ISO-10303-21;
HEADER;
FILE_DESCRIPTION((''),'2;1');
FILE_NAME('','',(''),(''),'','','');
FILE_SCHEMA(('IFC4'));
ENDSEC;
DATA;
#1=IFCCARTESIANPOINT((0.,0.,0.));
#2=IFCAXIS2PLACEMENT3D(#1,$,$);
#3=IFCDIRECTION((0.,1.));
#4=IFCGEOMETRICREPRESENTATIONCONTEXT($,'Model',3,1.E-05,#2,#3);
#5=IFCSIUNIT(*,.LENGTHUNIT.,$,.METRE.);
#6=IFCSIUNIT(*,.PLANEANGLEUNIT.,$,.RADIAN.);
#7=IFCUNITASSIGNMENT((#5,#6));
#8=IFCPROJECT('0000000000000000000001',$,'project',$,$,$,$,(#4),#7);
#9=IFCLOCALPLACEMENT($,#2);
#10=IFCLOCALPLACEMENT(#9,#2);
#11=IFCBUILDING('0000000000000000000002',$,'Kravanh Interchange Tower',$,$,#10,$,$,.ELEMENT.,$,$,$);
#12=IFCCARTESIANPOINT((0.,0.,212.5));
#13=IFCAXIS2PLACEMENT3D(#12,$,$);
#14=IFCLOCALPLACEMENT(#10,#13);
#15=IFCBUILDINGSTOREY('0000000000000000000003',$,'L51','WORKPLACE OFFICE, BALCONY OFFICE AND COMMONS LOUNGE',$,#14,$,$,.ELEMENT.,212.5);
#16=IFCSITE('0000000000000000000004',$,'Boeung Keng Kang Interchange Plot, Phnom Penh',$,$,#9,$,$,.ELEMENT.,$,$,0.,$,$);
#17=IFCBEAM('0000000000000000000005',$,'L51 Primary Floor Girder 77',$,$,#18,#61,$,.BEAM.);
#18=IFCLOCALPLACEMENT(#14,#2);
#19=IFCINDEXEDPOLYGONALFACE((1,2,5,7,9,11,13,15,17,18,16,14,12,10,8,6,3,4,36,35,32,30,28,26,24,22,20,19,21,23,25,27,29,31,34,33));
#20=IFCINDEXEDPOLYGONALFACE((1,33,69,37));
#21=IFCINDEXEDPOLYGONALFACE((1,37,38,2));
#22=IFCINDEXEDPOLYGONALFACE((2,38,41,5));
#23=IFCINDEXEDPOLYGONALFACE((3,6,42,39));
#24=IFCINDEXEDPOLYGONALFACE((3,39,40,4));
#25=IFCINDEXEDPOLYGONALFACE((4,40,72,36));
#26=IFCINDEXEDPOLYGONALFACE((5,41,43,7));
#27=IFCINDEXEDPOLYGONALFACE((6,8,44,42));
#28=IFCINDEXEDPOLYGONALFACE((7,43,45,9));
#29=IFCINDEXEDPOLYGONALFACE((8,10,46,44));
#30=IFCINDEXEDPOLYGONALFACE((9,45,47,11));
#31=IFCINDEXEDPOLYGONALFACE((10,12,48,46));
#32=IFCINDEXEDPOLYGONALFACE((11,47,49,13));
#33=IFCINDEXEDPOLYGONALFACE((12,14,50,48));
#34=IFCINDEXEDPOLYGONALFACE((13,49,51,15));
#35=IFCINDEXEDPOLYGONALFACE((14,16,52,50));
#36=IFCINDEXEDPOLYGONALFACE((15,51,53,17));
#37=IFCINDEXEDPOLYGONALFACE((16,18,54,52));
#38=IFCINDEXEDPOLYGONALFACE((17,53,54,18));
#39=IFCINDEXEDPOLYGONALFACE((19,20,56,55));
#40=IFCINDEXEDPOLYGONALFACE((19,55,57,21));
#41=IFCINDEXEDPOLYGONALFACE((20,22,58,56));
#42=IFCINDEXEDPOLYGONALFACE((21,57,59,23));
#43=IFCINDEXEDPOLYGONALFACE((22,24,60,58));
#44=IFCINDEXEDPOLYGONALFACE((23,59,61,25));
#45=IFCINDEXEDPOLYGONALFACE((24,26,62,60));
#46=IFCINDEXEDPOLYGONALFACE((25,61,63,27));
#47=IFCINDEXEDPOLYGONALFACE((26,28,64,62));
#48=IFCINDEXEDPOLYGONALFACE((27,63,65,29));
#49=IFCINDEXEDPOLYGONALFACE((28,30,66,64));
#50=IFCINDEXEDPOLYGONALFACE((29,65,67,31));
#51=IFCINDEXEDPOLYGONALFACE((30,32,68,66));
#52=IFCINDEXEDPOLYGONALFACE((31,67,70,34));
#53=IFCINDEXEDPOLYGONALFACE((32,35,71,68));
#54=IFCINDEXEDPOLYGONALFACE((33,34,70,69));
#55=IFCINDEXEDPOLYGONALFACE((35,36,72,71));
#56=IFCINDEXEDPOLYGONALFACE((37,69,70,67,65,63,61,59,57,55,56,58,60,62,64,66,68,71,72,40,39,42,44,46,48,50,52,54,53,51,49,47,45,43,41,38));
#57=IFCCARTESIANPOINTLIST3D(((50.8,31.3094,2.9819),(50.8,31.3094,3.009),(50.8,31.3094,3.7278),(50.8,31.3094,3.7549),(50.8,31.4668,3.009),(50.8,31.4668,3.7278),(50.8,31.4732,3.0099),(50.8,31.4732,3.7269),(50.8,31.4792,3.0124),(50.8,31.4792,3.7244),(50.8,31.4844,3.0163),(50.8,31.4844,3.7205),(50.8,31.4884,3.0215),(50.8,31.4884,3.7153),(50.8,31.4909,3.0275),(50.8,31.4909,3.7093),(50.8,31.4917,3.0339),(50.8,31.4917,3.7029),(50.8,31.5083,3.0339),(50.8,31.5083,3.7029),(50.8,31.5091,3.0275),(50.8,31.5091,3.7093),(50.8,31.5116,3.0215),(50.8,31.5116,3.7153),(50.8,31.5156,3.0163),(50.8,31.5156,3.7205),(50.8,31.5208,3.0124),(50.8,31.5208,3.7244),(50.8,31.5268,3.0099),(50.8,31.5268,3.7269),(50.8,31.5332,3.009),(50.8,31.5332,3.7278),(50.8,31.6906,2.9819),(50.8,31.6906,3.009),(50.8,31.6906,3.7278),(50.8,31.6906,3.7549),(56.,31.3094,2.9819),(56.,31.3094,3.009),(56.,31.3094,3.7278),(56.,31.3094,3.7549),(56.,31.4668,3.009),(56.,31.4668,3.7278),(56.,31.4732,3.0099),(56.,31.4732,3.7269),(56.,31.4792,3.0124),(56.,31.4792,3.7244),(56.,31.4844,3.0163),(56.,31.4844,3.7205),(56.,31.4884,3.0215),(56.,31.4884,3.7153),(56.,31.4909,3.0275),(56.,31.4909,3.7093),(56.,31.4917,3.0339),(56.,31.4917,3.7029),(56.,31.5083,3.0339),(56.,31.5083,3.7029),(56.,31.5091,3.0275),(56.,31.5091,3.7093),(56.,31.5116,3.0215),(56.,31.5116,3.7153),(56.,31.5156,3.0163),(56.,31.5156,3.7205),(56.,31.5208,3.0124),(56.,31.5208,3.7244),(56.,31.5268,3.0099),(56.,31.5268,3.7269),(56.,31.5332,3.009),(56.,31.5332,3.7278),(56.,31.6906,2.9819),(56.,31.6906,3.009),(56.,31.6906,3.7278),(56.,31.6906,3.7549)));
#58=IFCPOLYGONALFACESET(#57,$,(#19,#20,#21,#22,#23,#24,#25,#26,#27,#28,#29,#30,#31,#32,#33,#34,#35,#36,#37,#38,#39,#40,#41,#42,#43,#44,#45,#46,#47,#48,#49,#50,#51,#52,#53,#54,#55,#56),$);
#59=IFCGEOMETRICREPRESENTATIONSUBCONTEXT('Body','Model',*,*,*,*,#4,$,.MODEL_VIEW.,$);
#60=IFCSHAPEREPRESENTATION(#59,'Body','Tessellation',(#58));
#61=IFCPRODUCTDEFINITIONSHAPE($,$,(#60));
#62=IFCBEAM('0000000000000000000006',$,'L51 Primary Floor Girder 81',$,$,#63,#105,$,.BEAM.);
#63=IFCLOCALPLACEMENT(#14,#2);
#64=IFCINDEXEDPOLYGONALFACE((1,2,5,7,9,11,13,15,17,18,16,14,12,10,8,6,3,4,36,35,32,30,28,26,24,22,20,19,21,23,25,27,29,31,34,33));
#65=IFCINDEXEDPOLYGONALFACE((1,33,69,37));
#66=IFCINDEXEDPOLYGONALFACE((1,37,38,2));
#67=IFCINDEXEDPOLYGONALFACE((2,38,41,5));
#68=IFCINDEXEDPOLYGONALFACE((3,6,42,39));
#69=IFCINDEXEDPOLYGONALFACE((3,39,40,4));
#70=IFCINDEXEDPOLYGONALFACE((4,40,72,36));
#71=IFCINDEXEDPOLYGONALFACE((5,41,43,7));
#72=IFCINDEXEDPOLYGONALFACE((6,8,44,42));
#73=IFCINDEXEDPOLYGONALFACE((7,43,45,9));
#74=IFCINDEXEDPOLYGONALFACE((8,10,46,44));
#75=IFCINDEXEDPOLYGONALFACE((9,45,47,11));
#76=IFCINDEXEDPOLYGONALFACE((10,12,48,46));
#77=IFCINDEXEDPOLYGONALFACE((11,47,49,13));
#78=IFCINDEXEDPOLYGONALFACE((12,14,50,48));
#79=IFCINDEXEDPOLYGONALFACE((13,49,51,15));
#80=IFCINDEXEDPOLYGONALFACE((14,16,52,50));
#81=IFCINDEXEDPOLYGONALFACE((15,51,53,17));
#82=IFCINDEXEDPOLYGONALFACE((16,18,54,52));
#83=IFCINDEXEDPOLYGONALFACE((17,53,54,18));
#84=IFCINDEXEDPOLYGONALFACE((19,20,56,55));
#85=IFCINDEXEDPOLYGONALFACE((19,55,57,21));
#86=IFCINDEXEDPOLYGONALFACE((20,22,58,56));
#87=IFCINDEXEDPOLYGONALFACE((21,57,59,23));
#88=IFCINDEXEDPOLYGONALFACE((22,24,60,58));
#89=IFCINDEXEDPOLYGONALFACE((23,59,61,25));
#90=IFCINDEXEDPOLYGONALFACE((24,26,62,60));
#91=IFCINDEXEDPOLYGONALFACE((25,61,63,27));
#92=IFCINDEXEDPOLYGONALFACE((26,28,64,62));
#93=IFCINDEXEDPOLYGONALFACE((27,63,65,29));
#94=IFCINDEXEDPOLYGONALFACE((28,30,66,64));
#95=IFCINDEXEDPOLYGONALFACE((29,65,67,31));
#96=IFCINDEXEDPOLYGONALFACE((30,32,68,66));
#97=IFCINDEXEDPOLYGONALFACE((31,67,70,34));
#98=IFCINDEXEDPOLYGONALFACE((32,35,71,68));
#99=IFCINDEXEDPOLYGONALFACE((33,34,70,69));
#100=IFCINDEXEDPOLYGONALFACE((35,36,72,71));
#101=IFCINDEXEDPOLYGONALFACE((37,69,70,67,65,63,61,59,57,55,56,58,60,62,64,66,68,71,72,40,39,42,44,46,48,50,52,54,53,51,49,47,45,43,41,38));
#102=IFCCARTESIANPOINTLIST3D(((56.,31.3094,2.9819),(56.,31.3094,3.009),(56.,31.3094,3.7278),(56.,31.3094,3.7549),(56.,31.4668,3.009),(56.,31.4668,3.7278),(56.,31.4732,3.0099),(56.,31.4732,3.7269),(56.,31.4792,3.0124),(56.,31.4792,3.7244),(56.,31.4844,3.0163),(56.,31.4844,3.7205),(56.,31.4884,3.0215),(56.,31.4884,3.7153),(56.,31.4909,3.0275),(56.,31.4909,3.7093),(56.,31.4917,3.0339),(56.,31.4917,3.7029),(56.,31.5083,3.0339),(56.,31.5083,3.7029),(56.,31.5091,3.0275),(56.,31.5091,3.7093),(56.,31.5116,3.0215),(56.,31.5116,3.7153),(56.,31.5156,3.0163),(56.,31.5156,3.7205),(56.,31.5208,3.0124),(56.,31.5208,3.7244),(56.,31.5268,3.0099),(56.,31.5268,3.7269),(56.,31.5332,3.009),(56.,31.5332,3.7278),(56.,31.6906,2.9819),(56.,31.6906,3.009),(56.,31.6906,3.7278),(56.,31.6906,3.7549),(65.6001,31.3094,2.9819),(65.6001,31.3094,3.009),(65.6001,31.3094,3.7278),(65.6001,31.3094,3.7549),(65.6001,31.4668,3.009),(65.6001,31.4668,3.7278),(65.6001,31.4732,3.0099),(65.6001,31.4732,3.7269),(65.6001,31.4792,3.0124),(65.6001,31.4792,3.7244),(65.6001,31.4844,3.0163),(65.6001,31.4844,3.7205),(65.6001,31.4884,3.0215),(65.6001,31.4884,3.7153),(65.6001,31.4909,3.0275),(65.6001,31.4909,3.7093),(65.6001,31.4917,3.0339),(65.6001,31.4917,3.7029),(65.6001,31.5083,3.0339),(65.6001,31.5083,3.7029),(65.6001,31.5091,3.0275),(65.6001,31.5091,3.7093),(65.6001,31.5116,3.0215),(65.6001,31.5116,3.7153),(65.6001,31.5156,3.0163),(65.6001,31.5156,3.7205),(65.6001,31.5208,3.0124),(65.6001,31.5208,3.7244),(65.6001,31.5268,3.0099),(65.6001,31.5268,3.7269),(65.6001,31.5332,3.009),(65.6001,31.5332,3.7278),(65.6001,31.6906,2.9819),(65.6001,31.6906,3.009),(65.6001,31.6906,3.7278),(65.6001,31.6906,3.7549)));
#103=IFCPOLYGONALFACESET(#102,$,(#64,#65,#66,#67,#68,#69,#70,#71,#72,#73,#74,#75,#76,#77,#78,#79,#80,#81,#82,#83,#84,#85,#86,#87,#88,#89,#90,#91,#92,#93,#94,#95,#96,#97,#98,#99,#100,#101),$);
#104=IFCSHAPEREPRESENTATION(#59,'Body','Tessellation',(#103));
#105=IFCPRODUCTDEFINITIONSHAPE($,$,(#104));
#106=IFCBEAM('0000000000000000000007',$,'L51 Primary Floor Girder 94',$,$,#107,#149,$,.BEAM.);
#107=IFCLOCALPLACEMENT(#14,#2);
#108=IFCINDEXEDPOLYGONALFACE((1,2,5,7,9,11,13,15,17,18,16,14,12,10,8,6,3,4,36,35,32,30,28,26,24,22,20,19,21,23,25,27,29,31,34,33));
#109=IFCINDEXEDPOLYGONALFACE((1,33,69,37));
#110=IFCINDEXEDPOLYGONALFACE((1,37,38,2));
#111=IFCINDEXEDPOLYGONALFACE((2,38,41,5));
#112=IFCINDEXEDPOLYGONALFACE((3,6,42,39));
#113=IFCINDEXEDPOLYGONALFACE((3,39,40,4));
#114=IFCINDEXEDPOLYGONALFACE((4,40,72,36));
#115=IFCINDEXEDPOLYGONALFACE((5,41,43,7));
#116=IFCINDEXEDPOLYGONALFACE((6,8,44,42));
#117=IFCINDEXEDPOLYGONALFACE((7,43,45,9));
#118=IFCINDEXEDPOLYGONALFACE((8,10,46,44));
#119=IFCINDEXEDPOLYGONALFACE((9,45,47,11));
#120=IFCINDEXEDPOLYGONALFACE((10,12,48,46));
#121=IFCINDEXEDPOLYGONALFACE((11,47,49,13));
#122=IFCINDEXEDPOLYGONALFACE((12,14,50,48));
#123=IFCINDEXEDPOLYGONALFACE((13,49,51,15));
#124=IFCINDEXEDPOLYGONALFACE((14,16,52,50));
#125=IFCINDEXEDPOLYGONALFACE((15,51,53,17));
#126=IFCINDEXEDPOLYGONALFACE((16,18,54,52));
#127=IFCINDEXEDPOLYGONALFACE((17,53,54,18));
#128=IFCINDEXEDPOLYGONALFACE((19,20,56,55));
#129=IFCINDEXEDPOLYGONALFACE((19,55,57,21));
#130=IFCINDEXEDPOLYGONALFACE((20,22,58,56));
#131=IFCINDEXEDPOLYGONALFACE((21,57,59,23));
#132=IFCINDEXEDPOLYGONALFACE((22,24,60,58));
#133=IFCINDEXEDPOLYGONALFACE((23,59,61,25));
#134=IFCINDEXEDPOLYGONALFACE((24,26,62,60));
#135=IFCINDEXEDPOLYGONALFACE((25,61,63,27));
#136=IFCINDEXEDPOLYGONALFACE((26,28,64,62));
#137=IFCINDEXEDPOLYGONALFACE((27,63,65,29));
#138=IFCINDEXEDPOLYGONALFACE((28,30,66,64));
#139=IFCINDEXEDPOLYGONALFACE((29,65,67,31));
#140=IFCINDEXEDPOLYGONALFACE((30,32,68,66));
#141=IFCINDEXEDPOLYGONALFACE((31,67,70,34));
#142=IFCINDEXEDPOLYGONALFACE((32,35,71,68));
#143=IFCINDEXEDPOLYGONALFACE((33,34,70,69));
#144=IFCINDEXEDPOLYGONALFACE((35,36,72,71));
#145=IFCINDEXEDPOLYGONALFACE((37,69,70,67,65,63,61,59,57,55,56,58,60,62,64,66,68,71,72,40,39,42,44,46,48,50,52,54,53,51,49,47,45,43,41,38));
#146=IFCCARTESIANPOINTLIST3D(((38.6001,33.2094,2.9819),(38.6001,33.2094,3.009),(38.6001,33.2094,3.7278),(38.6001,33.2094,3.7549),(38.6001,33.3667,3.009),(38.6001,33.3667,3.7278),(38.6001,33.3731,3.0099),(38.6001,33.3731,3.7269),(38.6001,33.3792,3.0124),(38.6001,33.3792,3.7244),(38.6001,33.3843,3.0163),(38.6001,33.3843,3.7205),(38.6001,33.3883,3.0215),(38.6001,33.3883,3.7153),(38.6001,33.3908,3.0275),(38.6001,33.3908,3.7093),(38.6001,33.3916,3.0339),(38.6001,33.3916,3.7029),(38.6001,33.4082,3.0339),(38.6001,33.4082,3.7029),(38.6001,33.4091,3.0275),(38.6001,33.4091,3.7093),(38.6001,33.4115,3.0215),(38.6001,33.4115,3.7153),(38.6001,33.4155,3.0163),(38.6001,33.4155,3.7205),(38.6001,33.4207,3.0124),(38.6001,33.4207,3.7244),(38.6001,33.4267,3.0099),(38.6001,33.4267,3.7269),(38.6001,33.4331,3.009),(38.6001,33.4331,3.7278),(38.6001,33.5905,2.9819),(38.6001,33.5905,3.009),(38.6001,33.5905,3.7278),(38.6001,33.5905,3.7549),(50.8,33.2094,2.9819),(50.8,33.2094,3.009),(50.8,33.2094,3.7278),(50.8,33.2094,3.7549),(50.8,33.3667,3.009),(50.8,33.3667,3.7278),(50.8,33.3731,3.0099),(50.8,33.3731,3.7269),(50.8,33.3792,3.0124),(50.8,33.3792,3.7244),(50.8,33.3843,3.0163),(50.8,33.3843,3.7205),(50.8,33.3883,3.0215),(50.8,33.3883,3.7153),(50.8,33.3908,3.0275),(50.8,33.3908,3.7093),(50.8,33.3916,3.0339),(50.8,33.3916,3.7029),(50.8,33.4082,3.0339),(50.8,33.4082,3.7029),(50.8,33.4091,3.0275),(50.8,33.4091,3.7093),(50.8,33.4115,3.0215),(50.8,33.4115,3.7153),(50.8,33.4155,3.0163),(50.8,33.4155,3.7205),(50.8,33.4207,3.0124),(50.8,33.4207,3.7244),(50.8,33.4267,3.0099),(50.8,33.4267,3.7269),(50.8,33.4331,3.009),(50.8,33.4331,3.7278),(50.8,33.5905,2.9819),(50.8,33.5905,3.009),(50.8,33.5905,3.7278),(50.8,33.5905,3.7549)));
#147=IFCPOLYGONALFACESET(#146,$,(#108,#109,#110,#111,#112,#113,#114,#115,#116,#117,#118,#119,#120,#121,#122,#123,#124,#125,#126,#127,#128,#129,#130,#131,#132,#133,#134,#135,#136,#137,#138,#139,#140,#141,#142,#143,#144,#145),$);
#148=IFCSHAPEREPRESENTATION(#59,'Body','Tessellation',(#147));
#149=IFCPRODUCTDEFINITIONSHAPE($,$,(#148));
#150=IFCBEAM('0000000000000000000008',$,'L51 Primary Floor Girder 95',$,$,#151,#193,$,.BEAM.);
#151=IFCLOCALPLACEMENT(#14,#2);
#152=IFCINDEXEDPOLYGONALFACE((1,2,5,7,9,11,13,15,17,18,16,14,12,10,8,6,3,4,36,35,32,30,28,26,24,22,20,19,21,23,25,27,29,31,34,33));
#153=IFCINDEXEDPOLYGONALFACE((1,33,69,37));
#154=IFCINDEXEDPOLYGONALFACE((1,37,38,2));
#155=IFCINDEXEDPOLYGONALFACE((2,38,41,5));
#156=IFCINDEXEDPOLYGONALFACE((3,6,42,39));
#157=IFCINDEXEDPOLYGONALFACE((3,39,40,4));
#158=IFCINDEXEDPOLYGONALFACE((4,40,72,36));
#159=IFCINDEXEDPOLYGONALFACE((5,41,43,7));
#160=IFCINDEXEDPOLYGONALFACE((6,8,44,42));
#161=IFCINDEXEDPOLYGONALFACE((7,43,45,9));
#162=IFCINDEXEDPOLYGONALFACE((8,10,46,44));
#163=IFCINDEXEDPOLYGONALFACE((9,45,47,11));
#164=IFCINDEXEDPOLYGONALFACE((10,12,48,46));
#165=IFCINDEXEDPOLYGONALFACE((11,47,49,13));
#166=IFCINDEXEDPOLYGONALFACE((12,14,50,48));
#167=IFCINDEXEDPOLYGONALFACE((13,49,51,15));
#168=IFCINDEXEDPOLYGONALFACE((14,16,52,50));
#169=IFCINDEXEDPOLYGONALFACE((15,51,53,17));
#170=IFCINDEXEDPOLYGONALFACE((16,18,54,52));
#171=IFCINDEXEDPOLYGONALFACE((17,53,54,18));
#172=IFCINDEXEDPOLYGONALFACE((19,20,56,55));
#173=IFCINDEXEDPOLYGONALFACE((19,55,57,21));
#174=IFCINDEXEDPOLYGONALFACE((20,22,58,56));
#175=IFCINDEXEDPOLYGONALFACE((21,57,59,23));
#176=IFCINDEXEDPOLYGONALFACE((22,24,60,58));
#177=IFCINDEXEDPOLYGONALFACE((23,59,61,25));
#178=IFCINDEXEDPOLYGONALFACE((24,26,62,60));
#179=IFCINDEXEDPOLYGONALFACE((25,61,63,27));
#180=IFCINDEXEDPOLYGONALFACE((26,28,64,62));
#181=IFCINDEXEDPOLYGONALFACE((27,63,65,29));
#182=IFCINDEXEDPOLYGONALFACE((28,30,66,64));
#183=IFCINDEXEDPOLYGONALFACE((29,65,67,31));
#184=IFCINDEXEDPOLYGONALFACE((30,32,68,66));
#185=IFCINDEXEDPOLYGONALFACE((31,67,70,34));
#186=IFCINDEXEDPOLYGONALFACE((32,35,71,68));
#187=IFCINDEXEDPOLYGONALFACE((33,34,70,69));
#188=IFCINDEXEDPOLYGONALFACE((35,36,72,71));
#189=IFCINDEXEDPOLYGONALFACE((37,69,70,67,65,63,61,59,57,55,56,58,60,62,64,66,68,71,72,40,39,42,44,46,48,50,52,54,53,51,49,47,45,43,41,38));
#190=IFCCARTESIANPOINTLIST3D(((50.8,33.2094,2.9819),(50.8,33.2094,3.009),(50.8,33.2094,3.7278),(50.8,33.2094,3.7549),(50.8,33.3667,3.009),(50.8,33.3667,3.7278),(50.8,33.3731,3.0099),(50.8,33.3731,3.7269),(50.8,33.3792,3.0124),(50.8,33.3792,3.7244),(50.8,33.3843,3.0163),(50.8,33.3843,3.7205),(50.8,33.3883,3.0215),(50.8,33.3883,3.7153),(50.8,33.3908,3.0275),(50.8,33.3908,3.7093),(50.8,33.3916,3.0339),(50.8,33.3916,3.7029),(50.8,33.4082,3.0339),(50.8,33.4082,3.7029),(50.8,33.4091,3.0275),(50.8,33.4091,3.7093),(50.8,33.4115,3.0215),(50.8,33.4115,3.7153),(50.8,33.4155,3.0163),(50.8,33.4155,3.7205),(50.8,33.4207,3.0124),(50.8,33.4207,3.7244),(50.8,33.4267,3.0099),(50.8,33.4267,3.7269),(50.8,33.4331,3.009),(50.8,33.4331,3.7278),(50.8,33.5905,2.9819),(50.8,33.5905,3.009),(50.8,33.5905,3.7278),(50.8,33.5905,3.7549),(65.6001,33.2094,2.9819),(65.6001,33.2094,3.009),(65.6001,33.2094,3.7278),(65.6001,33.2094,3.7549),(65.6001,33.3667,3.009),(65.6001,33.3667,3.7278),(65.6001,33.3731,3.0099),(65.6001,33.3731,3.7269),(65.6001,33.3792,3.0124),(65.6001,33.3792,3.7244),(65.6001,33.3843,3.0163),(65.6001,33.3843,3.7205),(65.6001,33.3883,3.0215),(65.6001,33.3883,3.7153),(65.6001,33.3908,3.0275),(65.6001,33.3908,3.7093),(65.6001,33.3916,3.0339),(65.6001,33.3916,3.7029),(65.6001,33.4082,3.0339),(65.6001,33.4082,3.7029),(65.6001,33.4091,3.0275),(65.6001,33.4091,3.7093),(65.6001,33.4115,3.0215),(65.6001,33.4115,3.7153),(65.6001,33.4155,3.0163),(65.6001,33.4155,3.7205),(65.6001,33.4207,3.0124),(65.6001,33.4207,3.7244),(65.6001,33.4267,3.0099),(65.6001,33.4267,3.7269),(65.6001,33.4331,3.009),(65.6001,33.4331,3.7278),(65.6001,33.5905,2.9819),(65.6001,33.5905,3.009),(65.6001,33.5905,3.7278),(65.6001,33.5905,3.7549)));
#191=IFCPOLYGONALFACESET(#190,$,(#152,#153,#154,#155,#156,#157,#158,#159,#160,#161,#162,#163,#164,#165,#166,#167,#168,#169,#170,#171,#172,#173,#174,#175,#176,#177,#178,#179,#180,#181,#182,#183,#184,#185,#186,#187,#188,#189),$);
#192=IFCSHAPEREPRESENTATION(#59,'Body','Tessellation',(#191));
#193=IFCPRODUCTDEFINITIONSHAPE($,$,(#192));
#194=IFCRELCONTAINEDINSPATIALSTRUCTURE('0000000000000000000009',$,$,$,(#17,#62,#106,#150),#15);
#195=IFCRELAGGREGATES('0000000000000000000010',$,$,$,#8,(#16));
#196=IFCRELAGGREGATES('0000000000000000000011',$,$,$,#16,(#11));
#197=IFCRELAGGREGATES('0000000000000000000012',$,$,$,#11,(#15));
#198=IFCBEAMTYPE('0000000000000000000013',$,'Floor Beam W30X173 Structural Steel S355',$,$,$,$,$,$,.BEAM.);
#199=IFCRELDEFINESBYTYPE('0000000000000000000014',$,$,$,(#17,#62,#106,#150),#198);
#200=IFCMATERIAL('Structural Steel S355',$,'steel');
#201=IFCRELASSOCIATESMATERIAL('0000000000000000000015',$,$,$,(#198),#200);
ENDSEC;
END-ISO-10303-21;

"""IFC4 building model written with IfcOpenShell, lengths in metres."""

from ifc_helpers import new_model, si_unit, direction, frame, origin, origin_2d, place, context, subcontext, project, spatial, i_section, extrude, material, material_profile, profile_set, type_object, element, save


model = new_model("IFC4")

# Units and contexts
model_context = context("Model", 3, precision=1e-05, world=origin(), true_north=direction((0.0, 1.0)))
body_context = subcontext(model_context, "Body", "Model", "MODEL_VIEW")
ifc_project = project(units=[si_unit("LENGTHUNIT", "METRE"), si_unit("PLANEANGLEUNIT", "RADIAN")], contexts=[model_context])

# Site, building, storey
site_placement = place(None, origin())
site = spatial("IfcSite", under=ifc_project, at=site_placement, Name="Boeung Keng Kang Interchange Plot, Phnom Penh", CompositionType="ELEMENT", RefElevation=0.0)
building_placement = place(site_placement, origin())
building = spatial("IfcBuilding", under=site, at=building_placement, Name="Kravanh Interchange Tower", CompositionType="ELEMENT")
storey_placement = place(building_placement, frame((0.0, 0.0, 212.5)))
storey = spatial("IfcBuildingStorey", under=building, at=storey_placement, Name="L51", Description="WORKPLACE OFFICE, BALCONY OFFICE AND COMMONS LOUNGE", CompositionType="ELEMENT", Elevation=212.5)

# Beams
ifc_material_1 = material(Name="Structural Steel S355", Category="steel")
ifc_material_profile_1 = material_profile(ifc_material_1, i_section(OverallWidth=0.3811, OverallDepth=0.7729, WebThickness=0.0166, FlangeThickness=0.0271, FilletRadius=0.0249, at=origin_2d()), Name="W30X173")
ifc_profile_set_1 = profile_set([ifc_material_profile_1], Name="Structural Steel S355")
beam_type_1 = type_object("IfcBeamType", Name="Floor Beam W30X173 Structural Steel S355", PredefinedType="BEAM", material=ifc_profile_set_1)
beam_1_placement = place(storey_placement, frame((50.8, 31.5, 3.3684), z_axis=(1.0, 0.0, 0.0), x_axis=(0.0, 1.0, 0.0)))
element("IfcBeam", 1, at=beam_1_placement, inside=storey, type_object=beam_type_1, Name="L51 Primary Floor Girder 77", PredefinedType="BEAM", context=body_context, shape_type="SweptSolid", body=[
    extrude(i_section(OverallWidth=0.3811, OverallDepth=0.7729, WebThickness=0.0166, FlangeThickness=0.0271, FilletRadius=0.0249, at=origin_2d()), origin(), (0.0, 0.0, 1.0), 5.2),
])
beam_2_placement = place(storey_placement, frame((56.0, 31.5, 3.3684), z_axis=(1.0, 0.0, 0.0), x_axis=(0.0, 1.0, 0.0)))
element("IfcBeam", 2, at=beam_2_placement, inside=storey, type_object=beam_type_1, Name="L51 Primary Floor Girder 81", PredefinedType="BEAM", context=body_context, shape_type="SweptSolid", body=[
    extrude(i_section(OverallWidth=0.3811, OverallDepth=0.7729, WebThickness=0.0166, FlangeThickness=0.0271, FilletRadius=0.0249, at=origin_2d()), origin(), (0.0, 0.0, 1.0), 9.6001),
])
beam_3_placement = place(storey_placement, frame((38.6001, 33.3999, 3.3684), z_axis=(1.0, 0.0, 0.0), x_axis=(0.0, 1.0, 0.0)))
element("IfcBeam", 3, at=beam_3_placement, inside=storey, type_object=beam_type_1, Name="L51 Primary Floor Girder 94", PredefinedType="BEAM", context=body_context, shape_type="SweptSolid", body=[
    extrude(i_section(OverallWidth=0.3811, OverallDepth=0.7729, WebThickness=0.0166, FlangeThickness=0.0271, FilletRadius=0.0249, at=origin_2d()), origin(), (0.0, 0.0, 1.0), 12.2),
])
beam_4_placement = place(storey_placement, frame((50.8, 33.3999, 3.3684), z_axis=(1.0, 0.0, 0.0), x_axis=(0.0, 1.0, 0.0)))
element("IfcBeam", 4, at=beam_4_placement, inside=storey, type_object=beam_type_1, Name="L51 Primary Floor Girder 95", PredefinedType="BEAM", context=body_context, shape_type="SweptSolid", body=[
    extrude(i_section(OverallWidth=0.3811, OverallDepth=0.7729, WebThickness=0.0166, FlangeThickness=0.0271, FilletRadius=0.0249, at=origin_2d()), origin(), (0.0, 0.0, 1.0), 14.8),
])

save(model, "model.ifc")
